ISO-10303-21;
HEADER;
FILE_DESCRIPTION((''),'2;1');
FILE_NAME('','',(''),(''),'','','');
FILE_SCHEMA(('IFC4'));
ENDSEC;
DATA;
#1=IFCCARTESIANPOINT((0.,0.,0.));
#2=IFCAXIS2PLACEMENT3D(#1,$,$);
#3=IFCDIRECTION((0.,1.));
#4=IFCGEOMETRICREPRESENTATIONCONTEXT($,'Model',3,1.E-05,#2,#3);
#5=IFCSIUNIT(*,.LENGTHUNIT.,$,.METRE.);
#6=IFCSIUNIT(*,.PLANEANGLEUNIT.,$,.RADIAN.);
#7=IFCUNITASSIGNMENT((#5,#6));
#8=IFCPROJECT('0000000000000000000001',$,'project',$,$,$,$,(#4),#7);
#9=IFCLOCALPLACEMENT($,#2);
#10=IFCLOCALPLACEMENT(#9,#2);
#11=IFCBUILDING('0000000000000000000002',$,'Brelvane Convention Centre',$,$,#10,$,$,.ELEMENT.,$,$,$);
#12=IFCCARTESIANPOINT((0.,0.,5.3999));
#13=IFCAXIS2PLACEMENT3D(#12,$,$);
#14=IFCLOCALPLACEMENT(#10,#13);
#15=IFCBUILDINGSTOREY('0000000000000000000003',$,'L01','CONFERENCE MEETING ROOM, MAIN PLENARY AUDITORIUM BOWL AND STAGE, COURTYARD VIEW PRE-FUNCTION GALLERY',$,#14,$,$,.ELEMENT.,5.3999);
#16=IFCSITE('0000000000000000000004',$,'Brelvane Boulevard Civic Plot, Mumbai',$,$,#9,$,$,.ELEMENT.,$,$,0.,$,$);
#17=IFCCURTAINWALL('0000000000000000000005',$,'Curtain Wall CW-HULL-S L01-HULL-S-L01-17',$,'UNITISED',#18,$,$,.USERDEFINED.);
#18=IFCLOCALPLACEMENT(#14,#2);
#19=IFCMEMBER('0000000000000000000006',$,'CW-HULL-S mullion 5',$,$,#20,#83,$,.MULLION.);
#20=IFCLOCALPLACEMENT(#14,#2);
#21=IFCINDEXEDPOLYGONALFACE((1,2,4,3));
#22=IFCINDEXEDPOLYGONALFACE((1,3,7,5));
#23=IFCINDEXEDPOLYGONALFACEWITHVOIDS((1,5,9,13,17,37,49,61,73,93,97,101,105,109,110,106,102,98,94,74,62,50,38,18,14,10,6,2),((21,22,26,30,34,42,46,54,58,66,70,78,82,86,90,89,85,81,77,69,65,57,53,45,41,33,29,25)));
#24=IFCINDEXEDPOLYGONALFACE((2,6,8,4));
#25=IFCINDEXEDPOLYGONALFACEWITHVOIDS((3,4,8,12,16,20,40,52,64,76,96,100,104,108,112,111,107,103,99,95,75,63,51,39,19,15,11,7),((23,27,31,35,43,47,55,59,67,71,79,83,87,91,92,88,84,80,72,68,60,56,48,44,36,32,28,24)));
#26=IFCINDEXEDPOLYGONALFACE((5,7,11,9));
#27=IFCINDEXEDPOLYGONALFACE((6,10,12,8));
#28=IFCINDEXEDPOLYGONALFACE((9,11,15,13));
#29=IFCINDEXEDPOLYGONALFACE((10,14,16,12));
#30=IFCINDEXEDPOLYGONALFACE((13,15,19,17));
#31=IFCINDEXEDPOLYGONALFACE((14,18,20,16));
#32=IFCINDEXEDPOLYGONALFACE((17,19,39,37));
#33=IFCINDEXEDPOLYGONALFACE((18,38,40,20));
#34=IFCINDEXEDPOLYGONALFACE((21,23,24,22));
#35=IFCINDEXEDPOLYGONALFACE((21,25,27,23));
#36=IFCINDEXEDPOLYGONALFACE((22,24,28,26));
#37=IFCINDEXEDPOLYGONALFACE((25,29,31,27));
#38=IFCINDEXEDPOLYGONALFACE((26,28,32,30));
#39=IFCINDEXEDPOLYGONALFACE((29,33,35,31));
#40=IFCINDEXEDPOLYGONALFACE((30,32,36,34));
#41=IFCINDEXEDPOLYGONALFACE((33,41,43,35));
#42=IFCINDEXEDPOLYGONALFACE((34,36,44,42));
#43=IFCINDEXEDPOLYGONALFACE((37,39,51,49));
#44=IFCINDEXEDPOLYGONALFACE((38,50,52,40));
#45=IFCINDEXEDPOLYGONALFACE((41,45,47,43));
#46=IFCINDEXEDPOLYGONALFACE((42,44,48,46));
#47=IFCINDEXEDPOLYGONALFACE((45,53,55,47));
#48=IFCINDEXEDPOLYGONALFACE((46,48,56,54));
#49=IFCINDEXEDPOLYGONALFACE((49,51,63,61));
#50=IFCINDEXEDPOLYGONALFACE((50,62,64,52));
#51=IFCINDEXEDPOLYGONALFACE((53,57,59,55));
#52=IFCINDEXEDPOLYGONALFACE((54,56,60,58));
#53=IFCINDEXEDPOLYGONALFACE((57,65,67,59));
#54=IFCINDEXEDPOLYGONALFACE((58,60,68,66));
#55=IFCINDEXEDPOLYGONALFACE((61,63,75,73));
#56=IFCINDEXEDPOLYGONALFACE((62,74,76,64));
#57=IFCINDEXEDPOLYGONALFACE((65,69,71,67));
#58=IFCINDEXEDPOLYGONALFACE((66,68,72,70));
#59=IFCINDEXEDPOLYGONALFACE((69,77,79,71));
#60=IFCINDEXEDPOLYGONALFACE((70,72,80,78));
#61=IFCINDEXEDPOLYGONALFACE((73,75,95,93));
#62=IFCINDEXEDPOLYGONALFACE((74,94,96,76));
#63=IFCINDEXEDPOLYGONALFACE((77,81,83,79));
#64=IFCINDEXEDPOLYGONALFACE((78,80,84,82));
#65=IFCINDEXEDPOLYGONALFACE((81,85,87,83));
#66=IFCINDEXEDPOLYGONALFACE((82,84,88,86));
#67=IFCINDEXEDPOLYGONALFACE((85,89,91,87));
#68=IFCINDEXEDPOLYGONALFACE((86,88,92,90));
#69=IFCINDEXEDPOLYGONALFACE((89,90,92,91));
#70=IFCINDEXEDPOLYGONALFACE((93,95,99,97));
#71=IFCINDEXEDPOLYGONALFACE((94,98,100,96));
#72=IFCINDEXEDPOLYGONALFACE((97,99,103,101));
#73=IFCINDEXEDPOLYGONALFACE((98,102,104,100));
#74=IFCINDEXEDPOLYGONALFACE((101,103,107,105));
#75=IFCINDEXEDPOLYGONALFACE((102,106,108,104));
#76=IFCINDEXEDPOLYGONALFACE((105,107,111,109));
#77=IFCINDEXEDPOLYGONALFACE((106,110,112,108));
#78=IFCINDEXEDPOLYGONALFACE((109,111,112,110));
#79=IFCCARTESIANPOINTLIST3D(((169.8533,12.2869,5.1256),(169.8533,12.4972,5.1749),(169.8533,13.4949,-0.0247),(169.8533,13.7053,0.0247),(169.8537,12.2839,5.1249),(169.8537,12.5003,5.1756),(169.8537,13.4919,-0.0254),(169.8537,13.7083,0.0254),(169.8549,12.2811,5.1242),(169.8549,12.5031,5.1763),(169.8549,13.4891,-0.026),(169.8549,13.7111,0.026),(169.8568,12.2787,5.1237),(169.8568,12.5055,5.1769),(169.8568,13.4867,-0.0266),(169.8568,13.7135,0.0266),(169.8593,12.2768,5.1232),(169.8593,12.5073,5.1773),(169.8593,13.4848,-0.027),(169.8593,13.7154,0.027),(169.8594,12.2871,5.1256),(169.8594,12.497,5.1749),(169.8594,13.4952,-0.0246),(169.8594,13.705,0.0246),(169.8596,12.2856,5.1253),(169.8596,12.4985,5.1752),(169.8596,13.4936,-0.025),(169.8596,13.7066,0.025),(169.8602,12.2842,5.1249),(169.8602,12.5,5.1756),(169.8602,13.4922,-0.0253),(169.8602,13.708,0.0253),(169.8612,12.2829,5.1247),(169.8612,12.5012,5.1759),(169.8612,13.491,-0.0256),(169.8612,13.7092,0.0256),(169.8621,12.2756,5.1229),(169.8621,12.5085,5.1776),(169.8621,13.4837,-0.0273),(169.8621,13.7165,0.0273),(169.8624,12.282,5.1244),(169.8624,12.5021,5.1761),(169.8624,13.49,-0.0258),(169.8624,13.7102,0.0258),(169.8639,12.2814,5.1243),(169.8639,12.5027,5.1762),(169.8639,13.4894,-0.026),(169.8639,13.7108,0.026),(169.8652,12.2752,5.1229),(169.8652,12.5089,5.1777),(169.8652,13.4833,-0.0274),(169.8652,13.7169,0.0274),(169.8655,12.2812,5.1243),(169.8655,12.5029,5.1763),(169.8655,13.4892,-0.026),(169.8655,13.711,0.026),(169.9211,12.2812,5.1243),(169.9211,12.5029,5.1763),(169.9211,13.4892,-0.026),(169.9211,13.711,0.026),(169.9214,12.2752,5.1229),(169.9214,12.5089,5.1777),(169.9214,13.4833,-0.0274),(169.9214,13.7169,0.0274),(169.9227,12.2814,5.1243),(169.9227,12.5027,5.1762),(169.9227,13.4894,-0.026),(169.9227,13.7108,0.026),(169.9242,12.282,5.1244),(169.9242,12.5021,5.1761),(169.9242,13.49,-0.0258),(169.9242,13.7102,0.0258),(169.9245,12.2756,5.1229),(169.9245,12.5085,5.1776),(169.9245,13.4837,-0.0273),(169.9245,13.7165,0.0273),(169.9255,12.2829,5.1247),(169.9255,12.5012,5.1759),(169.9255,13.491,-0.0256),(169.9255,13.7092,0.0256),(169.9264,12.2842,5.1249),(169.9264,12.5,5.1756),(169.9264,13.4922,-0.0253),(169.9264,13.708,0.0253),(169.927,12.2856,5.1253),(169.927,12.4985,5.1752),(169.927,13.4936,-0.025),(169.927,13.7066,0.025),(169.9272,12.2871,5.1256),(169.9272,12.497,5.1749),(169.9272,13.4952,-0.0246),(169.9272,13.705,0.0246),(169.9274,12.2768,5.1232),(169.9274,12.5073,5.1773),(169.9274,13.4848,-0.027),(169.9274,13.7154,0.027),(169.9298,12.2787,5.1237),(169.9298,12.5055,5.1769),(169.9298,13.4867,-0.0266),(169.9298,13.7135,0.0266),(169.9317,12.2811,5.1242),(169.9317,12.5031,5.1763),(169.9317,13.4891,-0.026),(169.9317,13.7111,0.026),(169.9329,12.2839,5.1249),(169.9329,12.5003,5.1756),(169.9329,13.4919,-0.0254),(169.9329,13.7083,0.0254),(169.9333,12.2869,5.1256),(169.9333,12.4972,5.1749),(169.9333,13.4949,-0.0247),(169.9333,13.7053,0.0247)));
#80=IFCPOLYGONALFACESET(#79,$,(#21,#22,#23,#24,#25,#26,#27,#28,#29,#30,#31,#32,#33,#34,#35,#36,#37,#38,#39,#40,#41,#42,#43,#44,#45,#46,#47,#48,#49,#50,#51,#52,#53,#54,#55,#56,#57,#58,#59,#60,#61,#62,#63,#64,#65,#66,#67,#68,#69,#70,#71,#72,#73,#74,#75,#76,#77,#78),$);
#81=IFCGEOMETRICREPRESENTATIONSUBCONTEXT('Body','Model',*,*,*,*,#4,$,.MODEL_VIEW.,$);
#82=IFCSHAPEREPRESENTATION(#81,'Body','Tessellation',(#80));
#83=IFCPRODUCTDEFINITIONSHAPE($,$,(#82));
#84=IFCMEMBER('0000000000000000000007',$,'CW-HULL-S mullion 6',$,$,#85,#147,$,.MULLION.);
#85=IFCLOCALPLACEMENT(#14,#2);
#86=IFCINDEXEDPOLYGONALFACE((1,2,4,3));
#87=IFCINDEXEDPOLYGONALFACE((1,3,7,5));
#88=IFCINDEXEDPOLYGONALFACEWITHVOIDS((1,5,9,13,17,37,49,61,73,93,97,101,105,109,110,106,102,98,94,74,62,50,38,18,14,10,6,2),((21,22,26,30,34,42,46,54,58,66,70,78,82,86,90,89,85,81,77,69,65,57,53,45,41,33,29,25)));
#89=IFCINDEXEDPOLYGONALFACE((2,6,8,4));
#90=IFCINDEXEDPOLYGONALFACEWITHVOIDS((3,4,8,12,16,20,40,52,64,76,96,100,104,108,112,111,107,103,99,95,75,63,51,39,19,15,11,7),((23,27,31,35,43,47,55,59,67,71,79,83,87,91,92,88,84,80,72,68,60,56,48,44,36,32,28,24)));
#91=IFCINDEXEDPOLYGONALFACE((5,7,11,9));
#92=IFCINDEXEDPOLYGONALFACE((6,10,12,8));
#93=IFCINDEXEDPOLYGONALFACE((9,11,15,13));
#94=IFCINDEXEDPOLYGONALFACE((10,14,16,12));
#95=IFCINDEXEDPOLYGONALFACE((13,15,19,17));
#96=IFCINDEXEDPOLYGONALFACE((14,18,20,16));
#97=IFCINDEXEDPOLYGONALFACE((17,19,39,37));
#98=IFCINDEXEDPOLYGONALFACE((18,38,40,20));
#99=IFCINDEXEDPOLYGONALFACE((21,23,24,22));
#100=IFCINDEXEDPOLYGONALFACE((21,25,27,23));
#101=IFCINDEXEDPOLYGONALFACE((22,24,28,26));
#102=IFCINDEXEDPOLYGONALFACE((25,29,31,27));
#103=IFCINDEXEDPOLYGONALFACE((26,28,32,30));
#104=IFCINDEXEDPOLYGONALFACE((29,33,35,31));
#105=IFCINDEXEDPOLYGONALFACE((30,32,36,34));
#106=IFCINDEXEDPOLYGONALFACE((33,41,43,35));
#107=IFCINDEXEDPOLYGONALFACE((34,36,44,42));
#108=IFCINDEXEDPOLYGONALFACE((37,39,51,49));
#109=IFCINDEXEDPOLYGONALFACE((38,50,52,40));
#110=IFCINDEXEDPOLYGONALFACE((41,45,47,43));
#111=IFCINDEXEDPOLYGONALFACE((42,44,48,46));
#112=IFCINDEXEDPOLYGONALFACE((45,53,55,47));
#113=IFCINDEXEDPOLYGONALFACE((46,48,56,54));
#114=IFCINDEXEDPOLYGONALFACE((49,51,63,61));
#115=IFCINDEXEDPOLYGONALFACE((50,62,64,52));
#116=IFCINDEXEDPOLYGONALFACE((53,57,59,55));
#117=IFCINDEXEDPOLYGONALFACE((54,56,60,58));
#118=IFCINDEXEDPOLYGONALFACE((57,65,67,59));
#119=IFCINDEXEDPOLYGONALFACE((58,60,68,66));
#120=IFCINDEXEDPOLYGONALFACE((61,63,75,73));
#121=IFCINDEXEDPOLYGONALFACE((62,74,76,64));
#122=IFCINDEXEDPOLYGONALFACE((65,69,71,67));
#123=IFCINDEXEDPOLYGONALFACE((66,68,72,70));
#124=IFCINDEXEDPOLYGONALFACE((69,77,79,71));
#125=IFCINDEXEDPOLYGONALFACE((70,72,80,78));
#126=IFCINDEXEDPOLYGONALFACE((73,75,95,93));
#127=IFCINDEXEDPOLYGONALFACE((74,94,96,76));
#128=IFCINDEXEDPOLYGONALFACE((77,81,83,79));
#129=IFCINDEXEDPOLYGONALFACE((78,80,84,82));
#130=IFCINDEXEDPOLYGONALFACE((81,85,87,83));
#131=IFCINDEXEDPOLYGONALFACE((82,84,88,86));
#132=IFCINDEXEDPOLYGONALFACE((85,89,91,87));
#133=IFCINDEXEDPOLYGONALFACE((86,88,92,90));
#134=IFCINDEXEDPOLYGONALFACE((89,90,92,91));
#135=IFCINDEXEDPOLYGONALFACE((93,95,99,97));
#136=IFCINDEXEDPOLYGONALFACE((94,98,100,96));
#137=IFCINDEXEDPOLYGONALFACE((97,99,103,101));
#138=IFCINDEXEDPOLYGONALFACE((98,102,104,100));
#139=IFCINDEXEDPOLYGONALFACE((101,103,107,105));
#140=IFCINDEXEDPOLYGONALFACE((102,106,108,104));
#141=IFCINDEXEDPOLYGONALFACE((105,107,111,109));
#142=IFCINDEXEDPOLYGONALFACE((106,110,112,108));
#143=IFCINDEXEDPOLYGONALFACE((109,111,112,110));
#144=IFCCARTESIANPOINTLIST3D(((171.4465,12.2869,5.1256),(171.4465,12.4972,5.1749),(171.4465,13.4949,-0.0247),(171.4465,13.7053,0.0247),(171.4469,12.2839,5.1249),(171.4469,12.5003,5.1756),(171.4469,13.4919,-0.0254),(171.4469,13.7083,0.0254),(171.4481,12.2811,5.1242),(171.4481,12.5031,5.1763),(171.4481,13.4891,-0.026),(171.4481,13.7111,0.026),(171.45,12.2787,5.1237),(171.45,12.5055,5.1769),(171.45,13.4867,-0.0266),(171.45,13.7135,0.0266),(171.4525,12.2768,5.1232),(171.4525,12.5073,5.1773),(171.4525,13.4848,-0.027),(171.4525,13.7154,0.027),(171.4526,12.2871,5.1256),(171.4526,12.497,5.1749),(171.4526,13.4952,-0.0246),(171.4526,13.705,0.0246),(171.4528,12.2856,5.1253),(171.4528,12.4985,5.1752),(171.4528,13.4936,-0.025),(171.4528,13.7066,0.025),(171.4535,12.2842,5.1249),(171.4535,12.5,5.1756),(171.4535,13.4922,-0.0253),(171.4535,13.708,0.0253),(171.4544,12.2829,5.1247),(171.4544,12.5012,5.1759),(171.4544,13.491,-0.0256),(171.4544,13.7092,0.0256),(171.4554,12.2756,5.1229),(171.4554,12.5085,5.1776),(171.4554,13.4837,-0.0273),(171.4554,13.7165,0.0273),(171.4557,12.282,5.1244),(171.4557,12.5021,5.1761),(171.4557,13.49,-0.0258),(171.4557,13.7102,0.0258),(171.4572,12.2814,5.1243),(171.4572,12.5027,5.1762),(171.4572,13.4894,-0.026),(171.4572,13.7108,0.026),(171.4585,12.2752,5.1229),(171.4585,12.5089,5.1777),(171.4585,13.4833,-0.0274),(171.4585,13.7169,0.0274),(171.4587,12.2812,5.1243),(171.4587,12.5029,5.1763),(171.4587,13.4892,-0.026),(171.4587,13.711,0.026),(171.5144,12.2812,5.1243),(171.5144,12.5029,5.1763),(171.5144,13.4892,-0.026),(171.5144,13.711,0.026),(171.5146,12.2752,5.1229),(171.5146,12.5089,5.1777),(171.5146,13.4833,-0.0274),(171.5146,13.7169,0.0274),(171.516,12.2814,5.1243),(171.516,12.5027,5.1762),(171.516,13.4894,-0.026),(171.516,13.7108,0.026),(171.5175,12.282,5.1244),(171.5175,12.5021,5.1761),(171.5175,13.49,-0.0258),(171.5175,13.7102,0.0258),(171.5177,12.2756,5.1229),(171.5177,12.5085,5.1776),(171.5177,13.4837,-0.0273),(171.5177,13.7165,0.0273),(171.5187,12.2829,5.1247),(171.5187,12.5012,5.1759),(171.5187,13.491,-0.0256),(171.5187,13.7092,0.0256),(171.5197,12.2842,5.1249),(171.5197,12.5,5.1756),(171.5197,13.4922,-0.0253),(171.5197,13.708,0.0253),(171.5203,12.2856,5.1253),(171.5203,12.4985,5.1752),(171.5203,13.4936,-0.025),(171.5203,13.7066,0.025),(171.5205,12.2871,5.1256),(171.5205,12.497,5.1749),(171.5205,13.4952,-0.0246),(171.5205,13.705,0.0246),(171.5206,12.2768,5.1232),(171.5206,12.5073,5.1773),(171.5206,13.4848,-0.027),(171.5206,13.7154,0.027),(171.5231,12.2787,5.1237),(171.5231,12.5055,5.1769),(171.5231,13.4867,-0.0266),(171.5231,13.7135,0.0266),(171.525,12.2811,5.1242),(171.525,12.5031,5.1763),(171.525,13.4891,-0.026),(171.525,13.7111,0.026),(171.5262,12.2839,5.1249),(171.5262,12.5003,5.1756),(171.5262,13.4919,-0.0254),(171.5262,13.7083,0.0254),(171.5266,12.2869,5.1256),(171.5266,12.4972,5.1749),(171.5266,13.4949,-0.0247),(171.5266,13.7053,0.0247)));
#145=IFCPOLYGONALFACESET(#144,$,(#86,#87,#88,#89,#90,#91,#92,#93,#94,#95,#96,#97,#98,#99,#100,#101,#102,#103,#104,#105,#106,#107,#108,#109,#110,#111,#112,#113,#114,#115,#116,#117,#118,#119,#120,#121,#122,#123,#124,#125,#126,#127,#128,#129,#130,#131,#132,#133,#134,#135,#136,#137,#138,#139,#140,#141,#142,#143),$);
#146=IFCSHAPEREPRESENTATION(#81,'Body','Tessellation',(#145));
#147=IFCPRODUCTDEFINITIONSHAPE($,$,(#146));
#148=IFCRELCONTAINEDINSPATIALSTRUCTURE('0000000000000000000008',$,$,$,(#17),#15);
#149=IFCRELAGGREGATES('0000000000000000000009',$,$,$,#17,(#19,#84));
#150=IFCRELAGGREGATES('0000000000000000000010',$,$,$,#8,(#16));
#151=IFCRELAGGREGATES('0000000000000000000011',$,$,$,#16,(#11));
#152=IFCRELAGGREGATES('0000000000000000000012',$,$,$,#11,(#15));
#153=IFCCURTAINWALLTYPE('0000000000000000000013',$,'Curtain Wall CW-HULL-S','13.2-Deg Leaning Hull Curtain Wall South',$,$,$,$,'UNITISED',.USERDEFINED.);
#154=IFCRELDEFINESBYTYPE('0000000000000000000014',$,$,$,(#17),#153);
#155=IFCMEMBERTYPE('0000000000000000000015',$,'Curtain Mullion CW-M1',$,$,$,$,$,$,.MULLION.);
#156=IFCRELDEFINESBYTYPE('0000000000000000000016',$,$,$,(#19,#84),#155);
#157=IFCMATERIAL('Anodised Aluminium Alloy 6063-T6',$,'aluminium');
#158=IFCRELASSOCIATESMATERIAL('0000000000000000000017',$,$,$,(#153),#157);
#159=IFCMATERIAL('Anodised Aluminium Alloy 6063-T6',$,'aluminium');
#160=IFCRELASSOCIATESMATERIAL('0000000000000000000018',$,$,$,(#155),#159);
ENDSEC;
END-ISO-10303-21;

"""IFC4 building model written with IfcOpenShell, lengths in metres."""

from ifc_helpers import new_model, si_unit, direction, frame, origin, origin_2d, place, context, subcontext, project, spatial, hollow_rectangle, extrude, material, material_profile, profile_set, type_object, element, aggregate, save


model = new_model("IFC4")

# Units and contexts
model_context = context("Model", 3, precision=1e-05, world=origin(), true_north=direction((0.0, 1.0)))
body_context = subcontext(model_context, "Body", "Model", "MODEL_VIEW")
ifc_project = project(units=[si_unit("LENGTHUNIT", "METRE"), si_unit("PLANEANGLEUNIT", "RADIAN")], contexts=[model_context])

# Site, building, storey
site_placement = place(None, origin())
site = spatial("IfcSite", under=ifc_project, at=site_placement, Name="Brelvane Boulevard Civic Plot, Mumbai", CompositionType="ELEMENT", RefElevation=0.0)
building_placement = place(site_placement, origin())
building = spatial("IfcBuilding", under=site, at=building_placement, Name="Brelvane Convention Centre", CompositionType="ELEMENT")
storey_placement = place(building_placement, frame((0.0, 0.0, 5.3999)))
storey = spatial("IfcBuildingStorey", under=building, at=storey_placement, Name="L01", Description="CONFERENCE MEETING ROOM, MAIN PLENARY AUDITORIUM BOWL AND STAGE, COURTYARD VIEW PRE-FUNCTION GALLERY", CompositionType="ELEMENT", Elevation=5.3999)

# Curtain wall, members
ifc_material_1 = material(Name="Anodised Aluminium Alloy 6063-T6", Category="aluminium")
curtain_wall_type = type_object("IfcCurtainWallType", Name="Curtain Wall CW-HULL-S", Description="13.2-Deg Leaning Hull Curtain Wall South", ElementType="UNITISED", PredefinedType="USERDEFINED", material=ifc_material_1)
ifc_material_2 = material(Name="Anodised Aluminium Alloy 6063-T6", Category="aluminium")
ifc_material_profile_1 = material_profile(ifc_material_2, hollow_rectangle(XDim=0.0801, YDim=0.24, WallThickness=0.0061, InnerFilletRadius=0.0061, OuterFilletRadius=0.012, at=origin_2d()), Name="ALU-M 240x80x6.0")
ifc_profile_set_1 = profile_set([ifc_material_profile_1], Name="Anodised Aluminium Alloy 6063-T6")
member_type_1 = type_object("IfcMemberType", Name="Curtain Mullion CW-M1", PredefinedType="MULLION", material=ifc_profile_set_1)
curtain_wall_1_placement = place(storey_placement, origin())
curtain_wall_1 = element("IfcCurtainWall", 1, at=curtain_wall_1_placement, inside=storey, type_object=curtain_wall_type, Name="Curtain Wall CW-HULL-S L01-HULL-S-L01-17", ObjectType="UNITISED", PredefinedType="USERDEFINED")
member_1_placement = place(storey_placement, frame((169.8933, 13.6001, 0.0), z_axis=(0.0, -0.22836, 0.973577), x_axis=(1.0, 0.0, 0.0)))
member_1 = element("IfcMember", 2, at=member_1_placement, type_object=member_type_1, Name="CW-HULL-S mullion 5", PredefinedType="MULLION", context=body_context, shape_type="SweptSolid", body=[
    extrude(hollow_rectangle(XDim=0.0801, YDim=0.24, WallThickness=0.0061, InnerFilletRadius=0.0061, OuterFilletRadius=0.012, at=origin_2d()), origin(), (0.0, 0.0, 1.0), 5.29),
])
member_2_placement = place(storey_placement, frame((171.4866, 13.6001, 0.0), z_axis=(0.0, -0.22836, 0.973577), x_axis=(1.0, 0.0, 0.0)))
member_2 = element("IfcMember", 3, at=member_2_placement, type_object=member_type_1, Name="CW-HULL-S mullion 6", PredefinedType="MULLION", context=body_context, shape_type="SweptSolid", body=[
    extrude(hollow_rectangle(XDim=0.0801, YDim=0.24, WallThickness=0.0061, InnerFilletRadius=0.0061, OuterFilletRadius=0.012, at=origin_2d()), origin(), (0.0, 0.0, 1.0), 5.29),
])
aggregate(curtain_wall_1, [member_1, member_2])

save(model, "model.ifc")
